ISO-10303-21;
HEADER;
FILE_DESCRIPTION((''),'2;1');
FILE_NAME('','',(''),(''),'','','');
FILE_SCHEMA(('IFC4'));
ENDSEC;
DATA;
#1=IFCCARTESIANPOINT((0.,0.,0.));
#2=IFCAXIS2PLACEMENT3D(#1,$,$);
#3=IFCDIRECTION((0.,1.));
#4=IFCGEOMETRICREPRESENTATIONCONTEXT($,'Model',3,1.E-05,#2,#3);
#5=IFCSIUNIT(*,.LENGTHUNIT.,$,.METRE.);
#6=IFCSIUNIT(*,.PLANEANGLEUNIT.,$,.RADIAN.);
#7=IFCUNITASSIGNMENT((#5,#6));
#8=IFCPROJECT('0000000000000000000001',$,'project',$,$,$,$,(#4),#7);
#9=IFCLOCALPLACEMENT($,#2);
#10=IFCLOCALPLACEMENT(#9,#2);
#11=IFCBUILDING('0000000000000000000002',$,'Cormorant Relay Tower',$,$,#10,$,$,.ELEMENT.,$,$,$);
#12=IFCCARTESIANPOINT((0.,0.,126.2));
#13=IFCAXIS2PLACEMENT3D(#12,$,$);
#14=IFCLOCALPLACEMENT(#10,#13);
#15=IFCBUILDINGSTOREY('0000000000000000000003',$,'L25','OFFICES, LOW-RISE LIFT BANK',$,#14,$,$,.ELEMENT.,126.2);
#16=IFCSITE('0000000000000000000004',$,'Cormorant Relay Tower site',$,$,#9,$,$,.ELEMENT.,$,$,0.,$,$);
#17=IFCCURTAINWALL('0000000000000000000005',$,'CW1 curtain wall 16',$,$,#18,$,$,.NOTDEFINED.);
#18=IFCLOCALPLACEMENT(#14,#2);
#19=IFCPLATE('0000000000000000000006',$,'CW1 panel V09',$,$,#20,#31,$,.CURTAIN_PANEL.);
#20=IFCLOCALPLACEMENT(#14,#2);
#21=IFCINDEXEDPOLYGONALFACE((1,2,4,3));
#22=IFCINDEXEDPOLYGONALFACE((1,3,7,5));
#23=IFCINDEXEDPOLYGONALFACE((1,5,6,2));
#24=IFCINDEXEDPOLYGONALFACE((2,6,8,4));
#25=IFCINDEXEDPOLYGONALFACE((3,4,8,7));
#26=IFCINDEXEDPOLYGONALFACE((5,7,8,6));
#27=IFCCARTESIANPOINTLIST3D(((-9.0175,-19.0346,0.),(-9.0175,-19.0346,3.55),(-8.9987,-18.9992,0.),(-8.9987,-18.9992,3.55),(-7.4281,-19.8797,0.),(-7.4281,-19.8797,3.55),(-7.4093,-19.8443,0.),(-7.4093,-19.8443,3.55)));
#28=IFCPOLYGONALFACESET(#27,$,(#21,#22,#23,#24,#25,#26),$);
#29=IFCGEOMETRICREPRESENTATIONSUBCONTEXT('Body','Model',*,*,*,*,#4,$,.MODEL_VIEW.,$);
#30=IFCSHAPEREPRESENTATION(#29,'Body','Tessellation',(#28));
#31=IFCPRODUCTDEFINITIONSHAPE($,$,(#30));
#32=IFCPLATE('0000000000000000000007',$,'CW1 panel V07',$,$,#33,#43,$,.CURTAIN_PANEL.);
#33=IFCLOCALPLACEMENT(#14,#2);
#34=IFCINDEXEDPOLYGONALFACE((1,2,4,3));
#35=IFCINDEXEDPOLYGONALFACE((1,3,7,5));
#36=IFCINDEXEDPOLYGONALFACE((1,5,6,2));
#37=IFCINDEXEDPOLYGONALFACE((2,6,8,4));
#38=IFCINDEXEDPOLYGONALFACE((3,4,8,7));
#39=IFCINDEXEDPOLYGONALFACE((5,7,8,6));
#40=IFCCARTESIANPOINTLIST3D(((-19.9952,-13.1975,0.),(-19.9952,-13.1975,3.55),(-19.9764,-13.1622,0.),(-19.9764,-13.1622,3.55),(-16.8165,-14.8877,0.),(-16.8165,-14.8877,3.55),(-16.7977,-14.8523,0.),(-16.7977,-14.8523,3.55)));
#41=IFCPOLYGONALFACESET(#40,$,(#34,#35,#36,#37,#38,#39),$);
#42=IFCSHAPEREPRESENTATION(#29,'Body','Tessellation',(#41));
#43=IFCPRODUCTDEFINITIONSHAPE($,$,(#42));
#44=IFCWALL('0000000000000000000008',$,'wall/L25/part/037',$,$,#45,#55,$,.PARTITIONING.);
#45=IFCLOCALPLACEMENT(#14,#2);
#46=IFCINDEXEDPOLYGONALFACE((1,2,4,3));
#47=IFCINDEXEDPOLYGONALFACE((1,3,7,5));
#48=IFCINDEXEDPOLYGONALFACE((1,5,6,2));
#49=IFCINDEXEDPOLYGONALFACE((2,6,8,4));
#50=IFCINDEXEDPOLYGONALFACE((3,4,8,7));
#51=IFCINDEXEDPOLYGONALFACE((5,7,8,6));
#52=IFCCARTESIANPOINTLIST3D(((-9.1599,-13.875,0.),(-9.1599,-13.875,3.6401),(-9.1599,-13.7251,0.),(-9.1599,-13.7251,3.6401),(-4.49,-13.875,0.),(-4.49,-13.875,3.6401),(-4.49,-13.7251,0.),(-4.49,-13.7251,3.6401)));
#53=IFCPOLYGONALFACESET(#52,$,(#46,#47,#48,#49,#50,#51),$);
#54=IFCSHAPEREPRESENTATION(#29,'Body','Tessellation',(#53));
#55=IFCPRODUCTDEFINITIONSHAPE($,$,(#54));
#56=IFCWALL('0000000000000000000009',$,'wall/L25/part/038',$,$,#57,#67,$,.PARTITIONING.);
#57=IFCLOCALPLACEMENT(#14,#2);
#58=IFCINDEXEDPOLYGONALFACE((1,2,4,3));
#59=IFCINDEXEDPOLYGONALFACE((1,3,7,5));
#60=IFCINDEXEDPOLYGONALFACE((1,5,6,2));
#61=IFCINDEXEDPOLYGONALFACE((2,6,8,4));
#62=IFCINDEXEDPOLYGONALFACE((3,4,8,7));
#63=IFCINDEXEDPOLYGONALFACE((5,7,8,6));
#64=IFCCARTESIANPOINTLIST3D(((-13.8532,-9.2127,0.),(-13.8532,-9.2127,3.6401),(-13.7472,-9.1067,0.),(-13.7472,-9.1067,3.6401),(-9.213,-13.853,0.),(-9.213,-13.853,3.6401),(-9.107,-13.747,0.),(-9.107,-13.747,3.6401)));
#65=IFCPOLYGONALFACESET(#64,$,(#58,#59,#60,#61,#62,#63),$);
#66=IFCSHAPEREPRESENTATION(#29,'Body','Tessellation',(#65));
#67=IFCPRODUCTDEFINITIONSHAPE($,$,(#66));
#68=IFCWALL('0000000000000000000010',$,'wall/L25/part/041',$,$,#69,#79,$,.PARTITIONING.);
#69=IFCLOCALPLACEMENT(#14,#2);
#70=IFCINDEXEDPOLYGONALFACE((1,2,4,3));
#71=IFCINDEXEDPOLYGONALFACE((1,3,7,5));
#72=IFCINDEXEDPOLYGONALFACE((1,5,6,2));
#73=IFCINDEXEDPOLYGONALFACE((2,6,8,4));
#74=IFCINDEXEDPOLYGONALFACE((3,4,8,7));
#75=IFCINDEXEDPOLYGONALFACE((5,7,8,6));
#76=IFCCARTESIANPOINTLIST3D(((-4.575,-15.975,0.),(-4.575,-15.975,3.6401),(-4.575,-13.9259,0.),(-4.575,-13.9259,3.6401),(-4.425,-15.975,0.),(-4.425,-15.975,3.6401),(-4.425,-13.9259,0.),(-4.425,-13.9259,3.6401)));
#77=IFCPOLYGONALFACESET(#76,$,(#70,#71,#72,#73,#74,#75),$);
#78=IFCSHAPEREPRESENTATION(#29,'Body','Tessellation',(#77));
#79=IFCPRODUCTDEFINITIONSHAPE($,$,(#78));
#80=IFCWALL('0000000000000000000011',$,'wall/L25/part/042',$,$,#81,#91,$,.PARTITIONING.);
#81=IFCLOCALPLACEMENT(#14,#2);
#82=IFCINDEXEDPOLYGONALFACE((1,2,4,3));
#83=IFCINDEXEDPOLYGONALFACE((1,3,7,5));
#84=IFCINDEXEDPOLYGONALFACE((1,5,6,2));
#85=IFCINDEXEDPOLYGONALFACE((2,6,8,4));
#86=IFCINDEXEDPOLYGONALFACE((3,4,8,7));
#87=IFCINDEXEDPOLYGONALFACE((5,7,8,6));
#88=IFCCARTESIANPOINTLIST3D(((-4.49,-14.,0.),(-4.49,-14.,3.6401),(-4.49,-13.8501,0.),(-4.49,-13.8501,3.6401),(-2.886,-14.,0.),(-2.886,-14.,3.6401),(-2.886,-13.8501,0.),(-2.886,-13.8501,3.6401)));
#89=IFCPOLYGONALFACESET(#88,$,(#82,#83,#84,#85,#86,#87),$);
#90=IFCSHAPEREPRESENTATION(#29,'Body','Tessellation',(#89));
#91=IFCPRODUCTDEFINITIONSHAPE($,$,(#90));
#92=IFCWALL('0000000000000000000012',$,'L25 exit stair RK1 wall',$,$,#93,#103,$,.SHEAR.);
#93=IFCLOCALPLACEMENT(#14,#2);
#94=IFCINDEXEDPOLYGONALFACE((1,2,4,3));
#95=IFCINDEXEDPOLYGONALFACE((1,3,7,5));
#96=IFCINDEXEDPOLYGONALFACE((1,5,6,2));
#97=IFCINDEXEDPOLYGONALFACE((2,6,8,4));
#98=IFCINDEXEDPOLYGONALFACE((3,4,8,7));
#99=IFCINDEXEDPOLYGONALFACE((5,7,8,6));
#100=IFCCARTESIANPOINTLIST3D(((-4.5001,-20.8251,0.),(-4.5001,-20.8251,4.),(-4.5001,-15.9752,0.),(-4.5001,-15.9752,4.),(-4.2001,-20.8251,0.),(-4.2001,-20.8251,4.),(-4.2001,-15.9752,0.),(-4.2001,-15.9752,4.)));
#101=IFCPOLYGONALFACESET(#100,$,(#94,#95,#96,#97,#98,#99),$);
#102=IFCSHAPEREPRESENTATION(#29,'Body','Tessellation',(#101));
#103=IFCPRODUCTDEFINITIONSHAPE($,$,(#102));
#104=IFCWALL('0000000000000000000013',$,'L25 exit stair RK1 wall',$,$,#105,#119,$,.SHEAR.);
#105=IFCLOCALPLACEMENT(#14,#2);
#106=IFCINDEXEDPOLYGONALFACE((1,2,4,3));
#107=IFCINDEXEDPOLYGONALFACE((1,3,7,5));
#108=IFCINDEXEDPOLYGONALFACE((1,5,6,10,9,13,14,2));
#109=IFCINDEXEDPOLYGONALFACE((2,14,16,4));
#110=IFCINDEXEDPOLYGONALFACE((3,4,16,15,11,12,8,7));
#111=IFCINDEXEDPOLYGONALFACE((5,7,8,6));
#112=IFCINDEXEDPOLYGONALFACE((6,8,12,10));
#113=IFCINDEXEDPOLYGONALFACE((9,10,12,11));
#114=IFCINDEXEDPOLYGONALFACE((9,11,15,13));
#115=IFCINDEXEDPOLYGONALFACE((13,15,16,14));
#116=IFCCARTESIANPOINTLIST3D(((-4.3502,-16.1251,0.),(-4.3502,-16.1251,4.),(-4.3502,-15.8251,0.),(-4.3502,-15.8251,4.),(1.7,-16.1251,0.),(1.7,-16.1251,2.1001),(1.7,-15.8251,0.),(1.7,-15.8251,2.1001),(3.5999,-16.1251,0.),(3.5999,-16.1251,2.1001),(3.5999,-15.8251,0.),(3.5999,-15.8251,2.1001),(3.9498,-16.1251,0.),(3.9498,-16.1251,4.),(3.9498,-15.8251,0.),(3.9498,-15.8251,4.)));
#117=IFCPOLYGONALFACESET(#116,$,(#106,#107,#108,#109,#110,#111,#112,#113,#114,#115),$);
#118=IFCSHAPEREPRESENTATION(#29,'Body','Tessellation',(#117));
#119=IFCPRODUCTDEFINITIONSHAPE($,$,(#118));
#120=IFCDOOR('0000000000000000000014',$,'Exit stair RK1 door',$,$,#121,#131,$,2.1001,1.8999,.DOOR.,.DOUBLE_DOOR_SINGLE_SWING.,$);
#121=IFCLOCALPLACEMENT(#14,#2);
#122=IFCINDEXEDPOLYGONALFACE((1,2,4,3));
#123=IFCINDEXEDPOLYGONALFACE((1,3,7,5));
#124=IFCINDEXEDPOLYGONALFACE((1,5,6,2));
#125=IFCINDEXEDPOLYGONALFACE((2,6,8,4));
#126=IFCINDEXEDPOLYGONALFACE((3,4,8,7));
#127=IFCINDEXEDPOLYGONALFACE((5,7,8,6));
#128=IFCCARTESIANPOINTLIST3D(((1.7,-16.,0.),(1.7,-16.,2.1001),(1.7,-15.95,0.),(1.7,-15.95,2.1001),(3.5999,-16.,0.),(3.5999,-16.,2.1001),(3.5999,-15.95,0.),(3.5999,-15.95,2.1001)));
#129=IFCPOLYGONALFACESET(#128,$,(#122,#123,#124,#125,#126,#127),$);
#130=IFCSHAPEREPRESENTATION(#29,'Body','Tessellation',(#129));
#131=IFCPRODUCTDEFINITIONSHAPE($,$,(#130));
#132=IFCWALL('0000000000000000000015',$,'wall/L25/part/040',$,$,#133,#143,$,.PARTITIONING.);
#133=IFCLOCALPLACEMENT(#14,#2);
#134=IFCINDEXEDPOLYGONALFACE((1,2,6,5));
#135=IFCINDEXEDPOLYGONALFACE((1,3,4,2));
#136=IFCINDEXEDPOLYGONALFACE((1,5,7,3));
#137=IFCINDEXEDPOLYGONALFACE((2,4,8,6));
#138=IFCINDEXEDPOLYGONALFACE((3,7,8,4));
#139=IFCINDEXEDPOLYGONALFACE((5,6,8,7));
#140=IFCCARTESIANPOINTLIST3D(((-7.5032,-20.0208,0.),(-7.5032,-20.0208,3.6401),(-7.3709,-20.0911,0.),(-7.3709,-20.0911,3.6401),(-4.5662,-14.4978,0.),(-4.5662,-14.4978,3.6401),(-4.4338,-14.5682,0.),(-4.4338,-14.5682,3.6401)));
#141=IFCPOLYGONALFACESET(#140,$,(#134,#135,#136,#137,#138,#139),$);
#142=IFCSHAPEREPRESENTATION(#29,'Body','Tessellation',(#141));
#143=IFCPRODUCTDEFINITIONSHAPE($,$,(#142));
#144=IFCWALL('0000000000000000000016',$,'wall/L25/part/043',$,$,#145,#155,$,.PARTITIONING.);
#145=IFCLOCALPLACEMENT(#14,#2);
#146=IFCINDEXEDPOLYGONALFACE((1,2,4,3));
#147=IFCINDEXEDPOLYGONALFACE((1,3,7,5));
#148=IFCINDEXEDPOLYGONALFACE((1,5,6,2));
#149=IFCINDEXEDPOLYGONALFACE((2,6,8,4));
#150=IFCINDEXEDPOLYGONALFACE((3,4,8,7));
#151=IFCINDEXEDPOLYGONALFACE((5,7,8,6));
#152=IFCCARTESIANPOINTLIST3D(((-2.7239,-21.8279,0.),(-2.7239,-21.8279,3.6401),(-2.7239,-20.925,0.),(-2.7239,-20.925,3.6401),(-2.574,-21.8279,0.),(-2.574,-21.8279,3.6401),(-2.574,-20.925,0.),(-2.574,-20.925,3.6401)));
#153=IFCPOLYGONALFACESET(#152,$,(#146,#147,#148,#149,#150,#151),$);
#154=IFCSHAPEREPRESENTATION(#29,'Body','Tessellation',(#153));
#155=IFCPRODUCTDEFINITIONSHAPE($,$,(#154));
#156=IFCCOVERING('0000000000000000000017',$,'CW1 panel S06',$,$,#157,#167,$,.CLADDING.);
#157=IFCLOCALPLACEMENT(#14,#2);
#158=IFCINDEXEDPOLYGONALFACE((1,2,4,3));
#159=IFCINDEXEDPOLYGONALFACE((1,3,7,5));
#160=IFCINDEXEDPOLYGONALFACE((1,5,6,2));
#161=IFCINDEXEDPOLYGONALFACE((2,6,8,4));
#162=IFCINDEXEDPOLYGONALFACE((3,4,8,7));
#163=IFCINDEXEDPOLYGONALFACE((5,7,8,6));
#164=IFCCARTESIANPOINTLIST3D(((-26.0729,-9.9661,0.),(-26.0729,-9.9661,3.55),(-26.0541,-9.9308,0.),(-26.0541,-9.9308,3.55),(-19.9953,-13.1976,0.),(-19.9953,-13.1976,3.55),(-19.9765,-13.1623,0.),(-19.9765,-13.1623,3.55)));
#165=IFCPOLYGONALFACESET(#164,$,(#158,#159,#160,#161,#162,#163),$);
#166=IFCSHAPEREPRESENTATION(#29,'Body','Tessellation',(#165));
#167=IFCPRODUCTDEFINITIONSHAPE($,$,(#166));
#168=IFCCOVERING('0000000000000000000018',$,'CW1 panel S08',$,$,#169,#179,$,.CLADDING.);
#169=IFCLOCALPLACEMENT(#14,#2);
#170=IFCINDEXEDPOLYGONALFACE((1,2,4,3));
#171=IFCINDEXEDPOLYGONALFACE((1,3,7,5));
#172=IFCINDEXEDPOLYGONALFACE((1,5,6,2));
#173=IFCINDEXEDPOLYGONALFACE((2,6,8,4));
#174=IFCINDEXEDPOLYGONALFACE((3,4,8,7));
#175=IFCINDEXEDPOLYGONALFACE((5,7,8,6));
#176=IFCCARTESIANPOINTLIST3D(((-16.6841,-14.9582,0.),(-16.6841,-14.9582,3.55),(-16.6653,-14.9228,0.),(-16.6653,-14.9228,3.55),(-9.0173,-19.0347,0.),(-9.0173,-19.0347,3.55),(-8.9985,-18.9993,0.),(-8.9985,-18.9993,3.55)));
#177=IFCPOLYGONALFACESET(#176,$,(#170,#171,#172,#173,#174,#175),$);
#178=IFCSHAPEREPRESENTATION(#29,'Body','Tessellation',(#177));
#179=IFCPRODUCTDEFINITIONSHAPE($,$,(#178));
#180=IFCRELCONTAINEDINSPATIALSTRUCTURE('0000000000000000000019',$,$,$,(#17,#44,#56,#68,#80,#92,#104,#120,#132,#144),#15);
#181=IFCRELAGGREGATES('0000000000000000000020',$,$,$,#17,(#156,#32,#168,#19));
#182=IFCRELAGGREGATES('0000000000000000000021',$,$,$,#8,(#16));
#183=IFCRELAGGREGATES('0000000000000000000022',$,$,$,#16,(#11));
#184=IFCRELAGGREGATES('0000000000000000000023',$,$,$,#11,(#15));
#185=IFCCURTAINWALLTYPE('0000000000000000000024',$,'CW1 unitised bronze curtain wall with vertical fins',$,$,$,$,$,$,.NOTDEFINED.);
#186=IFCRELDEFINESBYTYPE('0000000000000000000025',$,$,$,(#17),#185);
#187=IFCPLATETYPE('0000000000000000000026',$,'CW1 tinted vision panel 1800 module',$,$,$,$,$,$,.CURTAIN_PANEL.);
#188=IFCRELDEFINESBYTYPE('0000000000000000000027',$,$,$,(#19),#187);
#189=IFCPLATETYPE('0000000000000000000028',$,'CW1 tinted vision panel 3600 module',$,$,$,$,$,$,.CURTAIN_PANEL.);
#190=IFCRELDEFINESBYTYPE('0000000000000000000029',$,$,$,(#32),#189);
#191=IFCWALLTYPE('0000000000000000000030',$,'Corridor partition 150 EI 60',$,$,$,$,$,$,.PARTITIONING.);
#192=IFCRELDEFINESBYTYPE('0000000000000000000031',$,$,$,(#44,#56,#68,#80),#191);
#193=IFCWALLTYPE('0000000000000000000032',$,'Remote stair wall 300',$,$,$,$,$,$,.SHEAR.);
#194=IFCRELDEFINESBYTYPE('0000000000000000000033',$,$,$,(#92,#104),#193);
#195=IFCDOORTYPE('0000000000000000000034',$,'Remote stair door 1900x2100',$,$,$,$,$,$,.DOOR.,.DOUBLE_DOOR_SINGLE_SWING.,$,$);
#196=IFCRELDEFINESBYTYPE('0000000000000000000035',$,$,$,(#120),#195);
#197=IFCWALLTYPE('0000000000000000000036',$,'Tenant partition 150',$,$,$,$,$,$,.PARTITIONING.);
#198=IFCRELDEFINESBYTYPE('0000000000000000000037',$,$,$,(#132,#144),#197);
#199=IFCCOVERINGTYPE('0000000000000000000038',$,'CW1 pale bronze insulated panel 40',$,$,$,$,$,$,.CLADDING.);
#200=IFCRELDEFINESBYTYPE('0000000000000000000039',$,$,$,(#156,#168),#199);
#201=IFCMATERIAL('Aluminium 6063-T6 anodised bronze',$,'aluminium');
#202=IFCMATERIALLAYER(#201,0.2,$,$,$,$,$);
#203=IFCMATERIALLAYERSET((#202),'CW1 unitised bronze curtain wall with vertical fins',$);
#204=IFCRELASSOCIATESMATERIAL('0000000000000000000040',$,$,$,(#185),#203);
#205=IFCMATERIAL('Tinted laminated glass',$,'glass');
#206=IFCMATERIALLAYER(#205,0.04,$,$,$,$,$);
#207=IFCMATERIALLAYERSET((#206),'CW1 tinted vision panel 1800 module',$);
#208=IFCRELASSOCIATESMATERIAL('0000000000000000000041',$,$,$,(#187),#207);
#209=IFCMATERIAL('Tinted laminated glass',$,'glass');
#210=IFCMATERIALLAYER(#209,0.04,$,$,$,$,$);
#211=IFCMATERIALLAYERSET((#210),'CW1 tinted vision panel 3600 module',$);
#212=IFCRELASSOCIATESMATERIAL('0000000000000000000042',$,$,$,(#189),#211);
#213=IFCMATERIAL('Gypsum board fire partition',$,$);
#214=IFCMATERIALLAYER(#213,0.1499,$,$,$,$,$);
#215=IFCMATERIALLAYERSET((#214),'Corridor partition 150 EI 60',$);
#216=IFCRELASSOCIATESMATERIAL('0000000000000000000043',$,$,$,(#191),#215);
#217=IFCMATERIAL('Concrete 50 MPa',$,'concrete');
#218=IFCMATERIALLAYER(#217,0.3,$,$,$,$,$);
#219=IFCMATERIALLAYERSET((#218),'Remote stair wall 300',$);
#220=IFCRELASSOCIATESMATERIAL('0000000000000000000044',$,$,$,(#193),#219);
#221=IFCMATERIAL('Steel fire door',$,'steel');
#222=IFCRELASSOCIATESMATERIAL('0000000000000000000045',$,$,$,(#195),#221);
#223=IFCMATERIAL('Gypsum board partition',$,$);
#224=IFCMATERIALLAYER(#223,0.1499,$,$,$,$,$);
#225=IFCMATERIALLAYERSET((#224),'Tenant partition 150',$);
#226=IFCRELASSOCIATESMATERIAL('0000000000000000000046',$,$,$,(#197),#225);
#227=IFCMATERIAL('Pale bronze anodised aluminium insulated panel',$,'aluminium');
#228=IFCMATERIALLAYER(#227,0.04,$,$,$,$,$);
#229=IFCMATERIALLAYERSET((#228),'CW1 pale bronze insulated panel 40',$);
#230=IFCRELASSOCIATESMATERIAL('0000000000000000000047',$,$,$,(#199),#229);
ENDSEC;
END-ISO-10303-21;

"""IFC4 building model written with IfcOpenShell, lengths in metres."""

from ifc_helpers import new_model, si_unit, direction, frame, frame_2d, origin, origin_2d, place, context, subcontext, project, spatial, rectangle, extrude, material, layer, layer_set, type_object, element, fill, aggregate, save


model = new_model("IFC4")

# Units and contexts
model_context = context("Model", 3, precision=1e-05, world=origin(), true_north=direction((0.0, 1.0)))
body_context = subcontext(model_context, "Body", "Model", "MODEL_VIEW")
ifc_project = project(units=[si_unit("LENGTHUNIT", "METRE"), si_unit("PLANEANGLEUNIT", "RADIAN")], contexts=[model_context])

# Site, building, storey
site_placement = place(None, origin())
site = spatial("IfcSite", under=ifc_project, at=site_placement, Name="Cormorant Relay Tower site", CompositionType="ELEMENT", RefElevation=0.0)
building_placement = place(site_placement, origin())
building = spatial("IfcBuilding", under=site, at=building_placement, Name="Cormorant Relay Tower", CompositionType="ELEMENT")
storey_placement = place(building_placement, frame((0.0, 0.0, 126.2)))
storey = spatial("IfcBuildingStorey", under=building, at=storey_placement, Name="L25", Description="OFFICES, LOW-RISE LIFT BANK", CompositionType="ELEMENT", Elevation=126.2)

# Shared definitions
ifc_material_1 = material(Name="Aluminium 6063-T6 anodised bronze", Category="aluminium")
ifc_layer_1 = layer(ifc_material_1, 0.2)
ifc_layer_set_1 = layer_set([ifc_layer_1], Name="CW1 unitised bronze curtain wall with vertical fins")
curtain_wall_type = type_object("IfcCurtainWallType", Name="CW1 unitised bronze curtain wall with vertical fins", PredefinedType="NOTDEFINED", material=ifc_layer_set_1)

# Curtain wall
curtain_wall_1_placement = place(storey_placement, origin())
curtain_wall_1 = element("IfcCurtainWall", 1, at=curtain_wall_1_placement, inside=storey, type_object=curtain_wall_type, Name="CW1 curtain wall 16", PredefinedType="NOTDEFINED")

# Plates
ifc_material_2 = material(Name="Tinted laminated glass", Category="glass")
ifc_layer_2 = layer(ifc_material_2, 0.04)
ifc_layer_set_2 = layer_set([ifc_layer_2], Name="CW1 tinted vision panel 1800 module")
plate_type_1 = type_object("IfcPlateType", Name="CW1 tinted vision panel 1800 module", PredefinedType="CURTAIN_PANEL", material=ifc_layer_set_2)
plate_1_placement = place(storey_placement, frame((-8.2134, -19.4395, 0.0), z_axis=(0.0, 0.0, 1.0), x_axis=(0.882948, -0.469472, 0.0)))
plate_1 = element("IfcPlate", 2, at=plate_1_placement, type_object=plate_type_1, Name="CW1 panel V09", PredefinedType="CURTAIN_PANEL", context=body_context, shape_type="SweptSolid", body=[
    extrude(rectangle(XDim=1.8, YDim=0.04, at=origin_2d()), origin(), (0.0, 0.0, 1.0), 3.55),
])
ifc_material_3 = material(Name="Tinted laminated glass", Category="glass")
ifc_layer_3 = layer(ifc_material_3, 0.04)
ifc_layer_set_3 = layer_set([ifc_layer_3], Name="CW1 tinted vision panel 3600 module")
plate_type_2 = type_object("IfcPlateType", Name="CW1 tinted vision panel 3600 module", PredefinedType="CURTAIN_PANEL", material=ifc_layer_set_3)
plate_2_placement = place(storey_placement, frame((-18.3965, -14.0249, 0.0), z_axis=(0.0, 0.0, 1.0), x_axis=(0.882948, -0.469472, 0.0)))
plate_2 = element("IfcPlate", 3, at=plate_2_placement, type_object=plate_type_2, Name="CW1 panel V07", PredefinedType="CURTAIN_PANEL", context=body_context, shape_type="SweptSolid", body=[
    extrude(rectangle(XDim=3.6001, YDim=0.04, at=origin_2d()), origin(), (0.0, 0.0, 1.0), 3.55),
])

# Walls
ifc_material_4 = material(Name="Gypsum board fire partition")
ifc_layer_4 = layer(ifc_material_4, 0.1499)
ifc_layer_set_4 = layer_set([ifc_layer_4], Name="Corridor partition 150 EI 60")
wall_type_1 = type_object("IfcWallType", Name="Corridor partition 150 EI 60", PredefinedType="PARTITIONING", material=ifc_layer_set_4)
wall_1_placement = place(storey_placement, frame((-4.49, -13.8, 0.0), z_axis=(0.0, 0.0, 1.0), x_axis=(-1.0, 0.0, 0.0)))
element("IfcWall", 4, at=wall_1_placement, inside=storey, type_object=wall_type_1, Name="wall/L25/part/037", PredefinedType="PARTITIONING", context=body_context, shape_type="SweptSolid", body=[
    extrude(rectangle(XDim=4.6699, YDim=0.1499, at=frame_2d((2.335, 0.0))), origin(), (0.0, 0.0, 1.0), 3.6401),
])
wall_2_placement = place(storey_placement, frame((-9.1599, -13.8, 0.0), z_axis=(0.0, 0.0, 1.0), x_axis=(-0.707107, 0.707107, 0.0)))
element("IfcWall", 5, at=wall_2_placement, inside=storey, type_object=wall_type_1, Name="wall/L25/part/038", PredefinedType="PARTITIONING", context=body_context, shape_type="SweptSolid", body=[
    extrude(rectangle(XDim=6.5623, YDim=0.1499, at=frame_2d((3.2812, 0.0))), origin(), (0.0, 0.0, 1.0), 3.6401),
])
wall_3_placement = place(storey_placement, frame((-4.5, -13.926, 0.0), z_axis=(0.0, 0.0, 1.0), x_axis=(0.0, -1.0, 0.0)))
element("IfcWall", 6, at=wall_3_placement, inside=storey, type_object=wall_type_1, Name="wall/L25/part/041", PredefinedType="PARTITIONING", context=body_context, shape_type="SweptSolid", body=[
    extrude(rectangle(XDim=2.0491, YDim=0.1499, at=frame_2d((1.0244, 0.0))), origin(), (0.0, 0.0, 1.0), 3.6401),
])
wall_4_placement = place(storey_placement, frame((-4.49, -13.925, 0.0), z_axis=(0.0, 0.0, 1.0), x_axis=(1.0, 0.0, 0.0)))
element("IfcWall", 7, at=wall_4_placement, inside=storey, type_object=wall_type_1, Name="wall/L25/part/042", PredefinedType="PARTITIONING", context=body_context, shape_type="SweptSolid", body=[
    extrude(rectangle(XDim=1.604, YDim=0.1499, at=frame_2d((0.802, 0.0))), origin(), (0.0, 0.0, 1.0), 3.6401),
])
ifc_material_5 = material(Name="Concrete 50 MPa", Category="concrete")
ifc_layer_5 = layer(ifc_material_5, 0.3)
ifc_layer_set_5 = layer_set([ifc_layer_5], Name="Remote stair wall 300")
wall_type_2 = type_object("IfcWallType", Name="Remote stair wall 300", PredefinedType="SHEAR", material=ifc_layer_set_5)
wall_5_placement = place(storey_placement, frame((-4.3501, -20.825, 0.0), z_axis=(0.0, 0.0, 1.0), x_axis=(0.0, 1.0, 0.0)))
element("IfcWall", 8, at=wall_5_placement, inside=storey, type_object=wall_type_2, Name="L25 exit stair RK1 wall", PredefinedType="SHEAR", context=body_context, shape_type="SweptSolid", body=[
    extrude(rectangle(XDim=4.8499, YDim=0.3, at=frame_2d((2.4248, 0.0))), origin(), (0.0, 0.0, 1.0), 4.0),
])

# Wall, opening, door
wall_6_placement = place(storey_placement, frame((-4.3501, -15.9751, 0.0), z_axis=(0.0, 0.0, 1.0), x_axis=(1.0, 0.0, 0.0)))
wall_6 = element("IfcWall", 9, at=wall_6_placement, inside=storey, type_object=wall_type_2, Name="L25 exit stair RK1 wall", PredefinedType="SHEAR", context=body_context, shape_type="SweptSolid", body=[
    extrude(rectangle(XDim=8.3, YDim=0.3, at=frame_2d((4.1499, 0.0))), origin(), (0.0, 0.0, 1.0), 4.0),
])
opening_placement = place(wall_6_placement, frame((6.05, 0.0, 0.0)))
opening = element("IfcOpeningElement", 10, at=opening_placement, cuts=wall_6, PredefinedType="OPENING", context=body_context, shape_type="SweptSolid", body=[
    extrude(rectangle(XDim=1.8999, YDim=2.1001, at=frame_2d((0.95, 1.05))), frame((0.0, 0.1599, 0.0), z_axis=(0.0, -1.0, 0.0), x_axis=(1.0, 0.0, 0.0)), (0.0, 0.0, 1.0), 0.3201),
])
ifc_material_6 = material(Name="Steel fire door", Category="steel")
door_type = type_object("IfcDoorType", Name="Remote stair door 1900x2100", OperationType="DOUBLE_DOOR_SINGLE_SWING", PredefinedType="DOOR", material=ifc_material_6)
door_placement = place(opening_placement, frame((1.8999, 0.0, 0.0), z_axis=(0.0, 0.0, 1.0), x_axis=(-1.0, 0.0, 0.0)))
door = element("IfcDoor", 11, at=door_placement, inside=storey, type_object=door_type, Name="Exit stair RK1 door", OperationType="DOUBLE_DOOR_SINGLE_SWING", OverallHeight=2.1001, OverallWidth=1.8999, PredefinedType="DOOR", context=body_context, shape_type="SweptSolid", body=[
    extrude(rectangle(XDim=1.8999, YDim=2.1001, at=frame_2d((0.95, 1.05))), frame((0.0, 0.0249, 0.0), z_axis=(0.0, -1.0, 0.0), x_axis=(1.0, 0.0, 0.0)), (0.0, 0.0, 1.0), 0.05),
])
fill(opening, door)

# Walls
ifc_material_7 = material(Name="Gypsum board partition")
ifc_layer_6 = layer(ifc_material_7, 0.1499)
ifc_layer_set_6 = layer_set([ifc_layer_6], Name="Tenant partition 150")
wall_type_3 = type_object("IfcWallType", Name="Tenant partition 150", PredefinedType="PARTITIONING", material=ifc_layer_set_6)
wall_7_placement = place(storey_placement, frame((-4.5, -14.533, 0.0), z_axis=(0.0, 0.0, 1.0), x_axis=(-0.469522, -0.882921, 0.0)))
element("IfcWall", 12, at=wall_7_placement, inside=storey, type_object=wall_type_3, Name="wall/L25/part/040", PredefinedType="PARTITIONING", context=body_context, shape_type="SweptSolid", body=[
    extrude(rectangle(XDim=6.2554, YDim=0.1499, at=frame_2d((3.1277, 0.0))), origin(), (0.0, 0.0, 1.0), 3.6401),
])
wall_8_placement = place(storey_placement, frame((-2.6489, -21.8279, 0.0), z_axis=(0.0, 0.0, 1.0), x_axis=(0.0, 1.0, 0.0)))
element("IfcWall", 13, at=wall_8_placement, inside=storey, type_object=wall_type_3, Name="wall/L25/part/043", PredefinedType="PARTITIONING", context=body_context, shape_type="SweptSolid", body=[
    extrude(rectangle(XDim=0.9028, YDim=0.1499, at=frame_2d((0.4514, 0.0))), origin(), (0.0, 0.0, 1.0), 3.6401),
])

# Coverings
ifc_material_8 = material(Name="Pale bronze anodised aluminium insulated panel", Category="aluminium")
ifc_layer_7 = layer(ifc_material_8, 0.04)
ifc_layer_set_7 = layer_set([ifc_layer_7], Name="CW1 pale bronze insulated panel 40")
covering_type = type_object("IfcCoveringType", Name="CW1 pale bronze insulated panel 40", PredefinedType="CLADDING", material=ifc_layer_set_7)
covering_1_placement = place(storey_placement, frame((-23.0247, -11.5642, 0.0), z_axis=(0.0, 0.0, 1.0), x_axis=(0.882948, -0.469472, 0.0)))
covering_1 = element("IfcCovering", 14, at=covering_1_placement, type_object=covering_type, Name="CW1 panel S06", PredefinedType="CLADDING", context=body_context, shape_type="SweptSolid", body=[
    extrude(rectangle(XDim=6.8833, YDim=0.04, at=origin_2d()), origin(), (0.0, 0.0, 1.0), 3.55),
])
covering_2_placement = place(storey_placement, frame((-12.8413, -16.9788, 0.0), z_axis=(0.0, 0.0, 1.0), x_axis=(0.882948, -0.469472, 0.0)))
covering_2 = element("IfcCovering", 15, at=covering_2_placement, type_object=covering_type, Name="CW1 panel S08", PredefinedType="CLADDING", context=body_context, shape_type="SweptSolid", body=[
    extrude(rectangle(XDim=8.6831, YDim=0.04, at=origin_2d()), origin(), (0.0, 0.0, 1.0), 3.55),
])
aggregate(curtain_wall_1, [covering_1, plate_2, covering_2, plate_1])

save(model, "model.ifc")
